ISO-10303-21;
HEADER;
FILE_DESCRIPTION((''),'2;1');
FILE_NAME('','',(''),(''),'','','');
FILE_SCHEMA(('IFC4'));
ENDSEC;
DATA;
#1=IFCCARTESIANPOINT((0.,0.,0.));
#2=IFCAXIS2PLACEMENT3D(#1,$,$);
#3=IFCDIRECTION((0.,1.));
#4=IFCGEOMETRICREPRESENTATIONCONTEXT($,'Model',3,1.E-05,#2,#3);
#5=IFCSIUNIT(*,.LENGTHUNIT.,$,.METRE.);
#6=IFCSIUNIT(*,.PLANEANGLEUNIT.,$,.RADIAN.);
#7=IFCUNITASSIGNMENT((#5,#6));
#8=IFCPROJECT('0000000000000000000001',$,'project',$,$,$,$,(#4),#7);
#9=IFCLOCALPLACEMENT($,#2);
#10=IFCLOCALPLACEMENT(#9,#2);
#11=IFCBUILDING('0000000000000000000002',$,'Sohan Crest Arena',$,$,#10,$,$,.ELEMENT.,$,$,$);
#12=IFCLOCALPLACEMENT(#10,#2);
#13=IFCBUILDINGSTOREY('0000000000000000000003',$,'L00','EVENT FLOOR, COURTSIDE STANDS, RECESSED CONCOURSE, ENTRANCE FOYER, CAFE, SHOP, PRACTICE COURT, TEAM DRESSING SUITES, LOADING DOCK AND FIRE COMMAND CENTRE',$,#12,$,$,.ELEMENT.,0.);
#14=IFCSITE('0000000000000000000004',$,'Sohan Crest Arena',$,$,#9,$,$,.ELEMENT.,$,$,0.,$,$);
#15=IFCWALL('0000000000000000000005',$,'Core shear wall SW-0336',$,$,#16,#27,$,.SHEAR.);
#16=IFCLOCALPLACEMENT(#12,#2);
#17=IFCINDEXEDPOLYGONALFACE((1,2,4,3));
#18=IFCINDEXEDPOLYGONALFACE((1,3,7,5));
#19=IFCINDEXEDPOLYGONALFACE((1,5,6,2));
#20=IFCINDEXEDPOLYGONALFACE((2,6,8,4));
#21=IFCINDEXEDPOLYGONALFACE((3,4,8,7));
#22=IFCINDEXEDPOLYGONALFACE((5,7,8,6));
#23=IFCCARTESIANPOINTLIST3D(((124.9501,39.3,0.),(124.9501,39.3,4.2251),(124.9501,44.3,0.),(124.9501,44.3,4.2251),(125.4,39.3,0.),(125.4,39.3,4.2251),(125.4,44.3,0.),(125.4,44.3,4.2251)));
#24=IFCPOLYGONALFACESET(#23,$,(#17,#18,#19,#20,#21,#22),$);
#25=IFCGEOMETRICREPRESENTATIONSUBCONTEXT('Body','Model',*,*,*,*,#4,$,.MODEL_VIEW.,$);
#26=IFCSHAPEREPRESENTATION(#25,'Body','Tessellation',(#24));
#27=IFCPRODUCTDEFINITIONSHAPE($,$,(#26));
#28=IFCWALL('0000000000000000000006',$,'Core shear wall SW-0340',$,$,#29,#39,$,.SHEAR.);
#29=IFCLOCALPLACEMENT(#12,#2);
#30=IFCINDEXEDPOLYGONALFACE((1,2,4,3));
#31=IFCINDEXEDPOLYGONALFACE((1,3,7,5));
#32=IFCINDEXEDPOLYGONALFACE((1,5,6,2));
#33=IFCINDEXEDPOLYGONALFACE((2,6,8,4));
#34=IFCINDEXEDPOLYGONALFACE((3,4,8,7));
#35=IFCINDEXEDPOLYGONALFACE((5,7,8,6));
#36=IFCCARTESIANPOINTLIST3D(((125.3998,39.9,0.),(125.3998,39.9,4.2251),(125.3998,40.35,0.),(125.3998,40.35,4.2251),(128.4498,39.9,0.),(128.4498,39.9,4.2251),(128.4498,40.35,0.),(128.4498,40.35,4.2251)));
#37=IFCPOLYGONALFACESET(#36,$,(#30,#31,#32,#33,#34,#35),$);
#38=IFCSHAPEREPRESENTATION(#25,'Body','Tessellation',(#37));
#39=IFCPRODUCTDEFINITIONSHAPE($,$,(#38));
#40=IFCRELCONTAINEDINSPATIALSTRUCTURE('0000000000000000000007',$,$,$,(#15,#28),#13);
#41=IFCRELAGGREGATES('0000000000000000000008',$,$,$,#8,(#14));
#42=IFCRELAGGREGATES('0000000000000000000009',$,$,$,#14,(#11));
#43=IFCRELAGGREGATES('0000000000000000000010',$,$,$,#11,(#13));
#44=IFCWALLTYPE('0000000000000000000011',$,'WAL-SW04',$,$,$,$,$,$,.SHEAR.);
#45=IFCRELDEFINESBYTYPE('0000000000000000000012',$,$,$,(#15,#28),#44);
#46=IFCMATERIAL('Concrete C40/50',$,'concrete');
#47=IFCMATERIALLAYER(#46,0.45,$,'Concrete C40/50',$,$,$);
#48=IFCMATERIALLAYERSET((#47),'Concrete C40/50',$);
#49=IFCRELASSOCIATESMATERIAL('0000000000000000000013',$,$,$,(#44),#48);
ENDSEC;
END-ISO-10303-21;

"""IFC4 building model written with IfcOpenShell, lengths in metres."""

from ifc_helpers import new_model, si_unit, direction, frame, frame_2d, origin, place, context, subcontext, project, spatial, rectangle, extrude, material, layer, layer_set, type_object, element, save


model = new_model("IFC4")

# Units and contexts
model_context = context("Model", 3, precision=1e-05, world=origin(), true_north=direction((0.0, 1.0)))
body_context = subcontext(model_context, "Body", "Model", "MODEL_VIEW")
ifc_project = project(units=[si_unit("LENGTHUNIT", "METRE"), si_unit("PLANEANGLEUNIT", "RADIAN")], contexts=[model_context])

# Site, building, storey
site_placement = place(None, origin())
site = spatial("IfcSite", under=ifc_project, at=site_placement, Name="Sohan Crest Arena", CompositionType="ELEMENT", RefElevation=0.0)
building_placement = place(site_placement, origin())
building = spatial("IfcBuilding", under=site, at=building_placement, Name="Sohan Crest Arena", CompositionType="ELEMENT")
storey_placement = place(building_placement, origin())
storey = spatial("IfcBuildingStorey", under=building, at=storey_placement, Name="L00", Description="EVENT FLOOR, COURTSIDE STANDS, RECESSED CONCOURSE, ENTRANCE FOYER, CAFE, SHOP, PRACTICE COURT, TEAM DRESSING SUITES, LOADING DOCK AND FIRE COMMAND CENTRE", CompositionType="ELEMENT", Elevation=0.0)

# Walls
ifc_material_1 = material(Name="Concrete C40/50", Category="concrete")
ifc_layer_1 = layer(ifc_material_1, 0.45, Name="Concrete C40/50")
ifc_layer_set_1 = layer_set([ifc_layer_1], Name="Concrete C40/50")
wall_type = type_object("IfcWallType", Name="WAL-SW04", PredefinedType="SHEAR", material=ifc_layer_set_1)
wall_1_placement = place(storey_placement, frame((125.175, 39.3, 0.0), z_axis=(0.0, 0.0, 1.0), x_axis=(0.0, 1.0, 0.0)))
element("IfcWall", 1, at=wall_1_placement, inside=storey, type_object=wall_type, Name="Core shear wall SW-0336", PredefinedType="SHEAR", context=body_context, shape_type="SweptSolid", body=[
    extrude(rectangle(XDim=5.0, YDim=0.45, at=frame_2d((2.5, 0.0))), origin(), (0.0, 0.0, 1.0), 4.2251),
])
wall_2_placement = place(storey_placement, frame((125.3999, 40.125, 0.0), z_axis=(0.0, 0.0, 1.0), x_axis=(1.0, 0.0, 0.0)))
element("IfcWall", 2, at=wall_2_placement, inside=storey, type_object=wall_type, Name="Core shear wall SW-0340", PredefinedType="SHEAR", context=body_context, shape_type="SweptSolid", body=[
    extrude(rectangle(XDim=3.05, YDim=0.45, at=frame_2d((1.5249, 0.0))), origin(), (0.0, 0.0, 1.0), 4.2251),
])

save(model, "model.ifc")
